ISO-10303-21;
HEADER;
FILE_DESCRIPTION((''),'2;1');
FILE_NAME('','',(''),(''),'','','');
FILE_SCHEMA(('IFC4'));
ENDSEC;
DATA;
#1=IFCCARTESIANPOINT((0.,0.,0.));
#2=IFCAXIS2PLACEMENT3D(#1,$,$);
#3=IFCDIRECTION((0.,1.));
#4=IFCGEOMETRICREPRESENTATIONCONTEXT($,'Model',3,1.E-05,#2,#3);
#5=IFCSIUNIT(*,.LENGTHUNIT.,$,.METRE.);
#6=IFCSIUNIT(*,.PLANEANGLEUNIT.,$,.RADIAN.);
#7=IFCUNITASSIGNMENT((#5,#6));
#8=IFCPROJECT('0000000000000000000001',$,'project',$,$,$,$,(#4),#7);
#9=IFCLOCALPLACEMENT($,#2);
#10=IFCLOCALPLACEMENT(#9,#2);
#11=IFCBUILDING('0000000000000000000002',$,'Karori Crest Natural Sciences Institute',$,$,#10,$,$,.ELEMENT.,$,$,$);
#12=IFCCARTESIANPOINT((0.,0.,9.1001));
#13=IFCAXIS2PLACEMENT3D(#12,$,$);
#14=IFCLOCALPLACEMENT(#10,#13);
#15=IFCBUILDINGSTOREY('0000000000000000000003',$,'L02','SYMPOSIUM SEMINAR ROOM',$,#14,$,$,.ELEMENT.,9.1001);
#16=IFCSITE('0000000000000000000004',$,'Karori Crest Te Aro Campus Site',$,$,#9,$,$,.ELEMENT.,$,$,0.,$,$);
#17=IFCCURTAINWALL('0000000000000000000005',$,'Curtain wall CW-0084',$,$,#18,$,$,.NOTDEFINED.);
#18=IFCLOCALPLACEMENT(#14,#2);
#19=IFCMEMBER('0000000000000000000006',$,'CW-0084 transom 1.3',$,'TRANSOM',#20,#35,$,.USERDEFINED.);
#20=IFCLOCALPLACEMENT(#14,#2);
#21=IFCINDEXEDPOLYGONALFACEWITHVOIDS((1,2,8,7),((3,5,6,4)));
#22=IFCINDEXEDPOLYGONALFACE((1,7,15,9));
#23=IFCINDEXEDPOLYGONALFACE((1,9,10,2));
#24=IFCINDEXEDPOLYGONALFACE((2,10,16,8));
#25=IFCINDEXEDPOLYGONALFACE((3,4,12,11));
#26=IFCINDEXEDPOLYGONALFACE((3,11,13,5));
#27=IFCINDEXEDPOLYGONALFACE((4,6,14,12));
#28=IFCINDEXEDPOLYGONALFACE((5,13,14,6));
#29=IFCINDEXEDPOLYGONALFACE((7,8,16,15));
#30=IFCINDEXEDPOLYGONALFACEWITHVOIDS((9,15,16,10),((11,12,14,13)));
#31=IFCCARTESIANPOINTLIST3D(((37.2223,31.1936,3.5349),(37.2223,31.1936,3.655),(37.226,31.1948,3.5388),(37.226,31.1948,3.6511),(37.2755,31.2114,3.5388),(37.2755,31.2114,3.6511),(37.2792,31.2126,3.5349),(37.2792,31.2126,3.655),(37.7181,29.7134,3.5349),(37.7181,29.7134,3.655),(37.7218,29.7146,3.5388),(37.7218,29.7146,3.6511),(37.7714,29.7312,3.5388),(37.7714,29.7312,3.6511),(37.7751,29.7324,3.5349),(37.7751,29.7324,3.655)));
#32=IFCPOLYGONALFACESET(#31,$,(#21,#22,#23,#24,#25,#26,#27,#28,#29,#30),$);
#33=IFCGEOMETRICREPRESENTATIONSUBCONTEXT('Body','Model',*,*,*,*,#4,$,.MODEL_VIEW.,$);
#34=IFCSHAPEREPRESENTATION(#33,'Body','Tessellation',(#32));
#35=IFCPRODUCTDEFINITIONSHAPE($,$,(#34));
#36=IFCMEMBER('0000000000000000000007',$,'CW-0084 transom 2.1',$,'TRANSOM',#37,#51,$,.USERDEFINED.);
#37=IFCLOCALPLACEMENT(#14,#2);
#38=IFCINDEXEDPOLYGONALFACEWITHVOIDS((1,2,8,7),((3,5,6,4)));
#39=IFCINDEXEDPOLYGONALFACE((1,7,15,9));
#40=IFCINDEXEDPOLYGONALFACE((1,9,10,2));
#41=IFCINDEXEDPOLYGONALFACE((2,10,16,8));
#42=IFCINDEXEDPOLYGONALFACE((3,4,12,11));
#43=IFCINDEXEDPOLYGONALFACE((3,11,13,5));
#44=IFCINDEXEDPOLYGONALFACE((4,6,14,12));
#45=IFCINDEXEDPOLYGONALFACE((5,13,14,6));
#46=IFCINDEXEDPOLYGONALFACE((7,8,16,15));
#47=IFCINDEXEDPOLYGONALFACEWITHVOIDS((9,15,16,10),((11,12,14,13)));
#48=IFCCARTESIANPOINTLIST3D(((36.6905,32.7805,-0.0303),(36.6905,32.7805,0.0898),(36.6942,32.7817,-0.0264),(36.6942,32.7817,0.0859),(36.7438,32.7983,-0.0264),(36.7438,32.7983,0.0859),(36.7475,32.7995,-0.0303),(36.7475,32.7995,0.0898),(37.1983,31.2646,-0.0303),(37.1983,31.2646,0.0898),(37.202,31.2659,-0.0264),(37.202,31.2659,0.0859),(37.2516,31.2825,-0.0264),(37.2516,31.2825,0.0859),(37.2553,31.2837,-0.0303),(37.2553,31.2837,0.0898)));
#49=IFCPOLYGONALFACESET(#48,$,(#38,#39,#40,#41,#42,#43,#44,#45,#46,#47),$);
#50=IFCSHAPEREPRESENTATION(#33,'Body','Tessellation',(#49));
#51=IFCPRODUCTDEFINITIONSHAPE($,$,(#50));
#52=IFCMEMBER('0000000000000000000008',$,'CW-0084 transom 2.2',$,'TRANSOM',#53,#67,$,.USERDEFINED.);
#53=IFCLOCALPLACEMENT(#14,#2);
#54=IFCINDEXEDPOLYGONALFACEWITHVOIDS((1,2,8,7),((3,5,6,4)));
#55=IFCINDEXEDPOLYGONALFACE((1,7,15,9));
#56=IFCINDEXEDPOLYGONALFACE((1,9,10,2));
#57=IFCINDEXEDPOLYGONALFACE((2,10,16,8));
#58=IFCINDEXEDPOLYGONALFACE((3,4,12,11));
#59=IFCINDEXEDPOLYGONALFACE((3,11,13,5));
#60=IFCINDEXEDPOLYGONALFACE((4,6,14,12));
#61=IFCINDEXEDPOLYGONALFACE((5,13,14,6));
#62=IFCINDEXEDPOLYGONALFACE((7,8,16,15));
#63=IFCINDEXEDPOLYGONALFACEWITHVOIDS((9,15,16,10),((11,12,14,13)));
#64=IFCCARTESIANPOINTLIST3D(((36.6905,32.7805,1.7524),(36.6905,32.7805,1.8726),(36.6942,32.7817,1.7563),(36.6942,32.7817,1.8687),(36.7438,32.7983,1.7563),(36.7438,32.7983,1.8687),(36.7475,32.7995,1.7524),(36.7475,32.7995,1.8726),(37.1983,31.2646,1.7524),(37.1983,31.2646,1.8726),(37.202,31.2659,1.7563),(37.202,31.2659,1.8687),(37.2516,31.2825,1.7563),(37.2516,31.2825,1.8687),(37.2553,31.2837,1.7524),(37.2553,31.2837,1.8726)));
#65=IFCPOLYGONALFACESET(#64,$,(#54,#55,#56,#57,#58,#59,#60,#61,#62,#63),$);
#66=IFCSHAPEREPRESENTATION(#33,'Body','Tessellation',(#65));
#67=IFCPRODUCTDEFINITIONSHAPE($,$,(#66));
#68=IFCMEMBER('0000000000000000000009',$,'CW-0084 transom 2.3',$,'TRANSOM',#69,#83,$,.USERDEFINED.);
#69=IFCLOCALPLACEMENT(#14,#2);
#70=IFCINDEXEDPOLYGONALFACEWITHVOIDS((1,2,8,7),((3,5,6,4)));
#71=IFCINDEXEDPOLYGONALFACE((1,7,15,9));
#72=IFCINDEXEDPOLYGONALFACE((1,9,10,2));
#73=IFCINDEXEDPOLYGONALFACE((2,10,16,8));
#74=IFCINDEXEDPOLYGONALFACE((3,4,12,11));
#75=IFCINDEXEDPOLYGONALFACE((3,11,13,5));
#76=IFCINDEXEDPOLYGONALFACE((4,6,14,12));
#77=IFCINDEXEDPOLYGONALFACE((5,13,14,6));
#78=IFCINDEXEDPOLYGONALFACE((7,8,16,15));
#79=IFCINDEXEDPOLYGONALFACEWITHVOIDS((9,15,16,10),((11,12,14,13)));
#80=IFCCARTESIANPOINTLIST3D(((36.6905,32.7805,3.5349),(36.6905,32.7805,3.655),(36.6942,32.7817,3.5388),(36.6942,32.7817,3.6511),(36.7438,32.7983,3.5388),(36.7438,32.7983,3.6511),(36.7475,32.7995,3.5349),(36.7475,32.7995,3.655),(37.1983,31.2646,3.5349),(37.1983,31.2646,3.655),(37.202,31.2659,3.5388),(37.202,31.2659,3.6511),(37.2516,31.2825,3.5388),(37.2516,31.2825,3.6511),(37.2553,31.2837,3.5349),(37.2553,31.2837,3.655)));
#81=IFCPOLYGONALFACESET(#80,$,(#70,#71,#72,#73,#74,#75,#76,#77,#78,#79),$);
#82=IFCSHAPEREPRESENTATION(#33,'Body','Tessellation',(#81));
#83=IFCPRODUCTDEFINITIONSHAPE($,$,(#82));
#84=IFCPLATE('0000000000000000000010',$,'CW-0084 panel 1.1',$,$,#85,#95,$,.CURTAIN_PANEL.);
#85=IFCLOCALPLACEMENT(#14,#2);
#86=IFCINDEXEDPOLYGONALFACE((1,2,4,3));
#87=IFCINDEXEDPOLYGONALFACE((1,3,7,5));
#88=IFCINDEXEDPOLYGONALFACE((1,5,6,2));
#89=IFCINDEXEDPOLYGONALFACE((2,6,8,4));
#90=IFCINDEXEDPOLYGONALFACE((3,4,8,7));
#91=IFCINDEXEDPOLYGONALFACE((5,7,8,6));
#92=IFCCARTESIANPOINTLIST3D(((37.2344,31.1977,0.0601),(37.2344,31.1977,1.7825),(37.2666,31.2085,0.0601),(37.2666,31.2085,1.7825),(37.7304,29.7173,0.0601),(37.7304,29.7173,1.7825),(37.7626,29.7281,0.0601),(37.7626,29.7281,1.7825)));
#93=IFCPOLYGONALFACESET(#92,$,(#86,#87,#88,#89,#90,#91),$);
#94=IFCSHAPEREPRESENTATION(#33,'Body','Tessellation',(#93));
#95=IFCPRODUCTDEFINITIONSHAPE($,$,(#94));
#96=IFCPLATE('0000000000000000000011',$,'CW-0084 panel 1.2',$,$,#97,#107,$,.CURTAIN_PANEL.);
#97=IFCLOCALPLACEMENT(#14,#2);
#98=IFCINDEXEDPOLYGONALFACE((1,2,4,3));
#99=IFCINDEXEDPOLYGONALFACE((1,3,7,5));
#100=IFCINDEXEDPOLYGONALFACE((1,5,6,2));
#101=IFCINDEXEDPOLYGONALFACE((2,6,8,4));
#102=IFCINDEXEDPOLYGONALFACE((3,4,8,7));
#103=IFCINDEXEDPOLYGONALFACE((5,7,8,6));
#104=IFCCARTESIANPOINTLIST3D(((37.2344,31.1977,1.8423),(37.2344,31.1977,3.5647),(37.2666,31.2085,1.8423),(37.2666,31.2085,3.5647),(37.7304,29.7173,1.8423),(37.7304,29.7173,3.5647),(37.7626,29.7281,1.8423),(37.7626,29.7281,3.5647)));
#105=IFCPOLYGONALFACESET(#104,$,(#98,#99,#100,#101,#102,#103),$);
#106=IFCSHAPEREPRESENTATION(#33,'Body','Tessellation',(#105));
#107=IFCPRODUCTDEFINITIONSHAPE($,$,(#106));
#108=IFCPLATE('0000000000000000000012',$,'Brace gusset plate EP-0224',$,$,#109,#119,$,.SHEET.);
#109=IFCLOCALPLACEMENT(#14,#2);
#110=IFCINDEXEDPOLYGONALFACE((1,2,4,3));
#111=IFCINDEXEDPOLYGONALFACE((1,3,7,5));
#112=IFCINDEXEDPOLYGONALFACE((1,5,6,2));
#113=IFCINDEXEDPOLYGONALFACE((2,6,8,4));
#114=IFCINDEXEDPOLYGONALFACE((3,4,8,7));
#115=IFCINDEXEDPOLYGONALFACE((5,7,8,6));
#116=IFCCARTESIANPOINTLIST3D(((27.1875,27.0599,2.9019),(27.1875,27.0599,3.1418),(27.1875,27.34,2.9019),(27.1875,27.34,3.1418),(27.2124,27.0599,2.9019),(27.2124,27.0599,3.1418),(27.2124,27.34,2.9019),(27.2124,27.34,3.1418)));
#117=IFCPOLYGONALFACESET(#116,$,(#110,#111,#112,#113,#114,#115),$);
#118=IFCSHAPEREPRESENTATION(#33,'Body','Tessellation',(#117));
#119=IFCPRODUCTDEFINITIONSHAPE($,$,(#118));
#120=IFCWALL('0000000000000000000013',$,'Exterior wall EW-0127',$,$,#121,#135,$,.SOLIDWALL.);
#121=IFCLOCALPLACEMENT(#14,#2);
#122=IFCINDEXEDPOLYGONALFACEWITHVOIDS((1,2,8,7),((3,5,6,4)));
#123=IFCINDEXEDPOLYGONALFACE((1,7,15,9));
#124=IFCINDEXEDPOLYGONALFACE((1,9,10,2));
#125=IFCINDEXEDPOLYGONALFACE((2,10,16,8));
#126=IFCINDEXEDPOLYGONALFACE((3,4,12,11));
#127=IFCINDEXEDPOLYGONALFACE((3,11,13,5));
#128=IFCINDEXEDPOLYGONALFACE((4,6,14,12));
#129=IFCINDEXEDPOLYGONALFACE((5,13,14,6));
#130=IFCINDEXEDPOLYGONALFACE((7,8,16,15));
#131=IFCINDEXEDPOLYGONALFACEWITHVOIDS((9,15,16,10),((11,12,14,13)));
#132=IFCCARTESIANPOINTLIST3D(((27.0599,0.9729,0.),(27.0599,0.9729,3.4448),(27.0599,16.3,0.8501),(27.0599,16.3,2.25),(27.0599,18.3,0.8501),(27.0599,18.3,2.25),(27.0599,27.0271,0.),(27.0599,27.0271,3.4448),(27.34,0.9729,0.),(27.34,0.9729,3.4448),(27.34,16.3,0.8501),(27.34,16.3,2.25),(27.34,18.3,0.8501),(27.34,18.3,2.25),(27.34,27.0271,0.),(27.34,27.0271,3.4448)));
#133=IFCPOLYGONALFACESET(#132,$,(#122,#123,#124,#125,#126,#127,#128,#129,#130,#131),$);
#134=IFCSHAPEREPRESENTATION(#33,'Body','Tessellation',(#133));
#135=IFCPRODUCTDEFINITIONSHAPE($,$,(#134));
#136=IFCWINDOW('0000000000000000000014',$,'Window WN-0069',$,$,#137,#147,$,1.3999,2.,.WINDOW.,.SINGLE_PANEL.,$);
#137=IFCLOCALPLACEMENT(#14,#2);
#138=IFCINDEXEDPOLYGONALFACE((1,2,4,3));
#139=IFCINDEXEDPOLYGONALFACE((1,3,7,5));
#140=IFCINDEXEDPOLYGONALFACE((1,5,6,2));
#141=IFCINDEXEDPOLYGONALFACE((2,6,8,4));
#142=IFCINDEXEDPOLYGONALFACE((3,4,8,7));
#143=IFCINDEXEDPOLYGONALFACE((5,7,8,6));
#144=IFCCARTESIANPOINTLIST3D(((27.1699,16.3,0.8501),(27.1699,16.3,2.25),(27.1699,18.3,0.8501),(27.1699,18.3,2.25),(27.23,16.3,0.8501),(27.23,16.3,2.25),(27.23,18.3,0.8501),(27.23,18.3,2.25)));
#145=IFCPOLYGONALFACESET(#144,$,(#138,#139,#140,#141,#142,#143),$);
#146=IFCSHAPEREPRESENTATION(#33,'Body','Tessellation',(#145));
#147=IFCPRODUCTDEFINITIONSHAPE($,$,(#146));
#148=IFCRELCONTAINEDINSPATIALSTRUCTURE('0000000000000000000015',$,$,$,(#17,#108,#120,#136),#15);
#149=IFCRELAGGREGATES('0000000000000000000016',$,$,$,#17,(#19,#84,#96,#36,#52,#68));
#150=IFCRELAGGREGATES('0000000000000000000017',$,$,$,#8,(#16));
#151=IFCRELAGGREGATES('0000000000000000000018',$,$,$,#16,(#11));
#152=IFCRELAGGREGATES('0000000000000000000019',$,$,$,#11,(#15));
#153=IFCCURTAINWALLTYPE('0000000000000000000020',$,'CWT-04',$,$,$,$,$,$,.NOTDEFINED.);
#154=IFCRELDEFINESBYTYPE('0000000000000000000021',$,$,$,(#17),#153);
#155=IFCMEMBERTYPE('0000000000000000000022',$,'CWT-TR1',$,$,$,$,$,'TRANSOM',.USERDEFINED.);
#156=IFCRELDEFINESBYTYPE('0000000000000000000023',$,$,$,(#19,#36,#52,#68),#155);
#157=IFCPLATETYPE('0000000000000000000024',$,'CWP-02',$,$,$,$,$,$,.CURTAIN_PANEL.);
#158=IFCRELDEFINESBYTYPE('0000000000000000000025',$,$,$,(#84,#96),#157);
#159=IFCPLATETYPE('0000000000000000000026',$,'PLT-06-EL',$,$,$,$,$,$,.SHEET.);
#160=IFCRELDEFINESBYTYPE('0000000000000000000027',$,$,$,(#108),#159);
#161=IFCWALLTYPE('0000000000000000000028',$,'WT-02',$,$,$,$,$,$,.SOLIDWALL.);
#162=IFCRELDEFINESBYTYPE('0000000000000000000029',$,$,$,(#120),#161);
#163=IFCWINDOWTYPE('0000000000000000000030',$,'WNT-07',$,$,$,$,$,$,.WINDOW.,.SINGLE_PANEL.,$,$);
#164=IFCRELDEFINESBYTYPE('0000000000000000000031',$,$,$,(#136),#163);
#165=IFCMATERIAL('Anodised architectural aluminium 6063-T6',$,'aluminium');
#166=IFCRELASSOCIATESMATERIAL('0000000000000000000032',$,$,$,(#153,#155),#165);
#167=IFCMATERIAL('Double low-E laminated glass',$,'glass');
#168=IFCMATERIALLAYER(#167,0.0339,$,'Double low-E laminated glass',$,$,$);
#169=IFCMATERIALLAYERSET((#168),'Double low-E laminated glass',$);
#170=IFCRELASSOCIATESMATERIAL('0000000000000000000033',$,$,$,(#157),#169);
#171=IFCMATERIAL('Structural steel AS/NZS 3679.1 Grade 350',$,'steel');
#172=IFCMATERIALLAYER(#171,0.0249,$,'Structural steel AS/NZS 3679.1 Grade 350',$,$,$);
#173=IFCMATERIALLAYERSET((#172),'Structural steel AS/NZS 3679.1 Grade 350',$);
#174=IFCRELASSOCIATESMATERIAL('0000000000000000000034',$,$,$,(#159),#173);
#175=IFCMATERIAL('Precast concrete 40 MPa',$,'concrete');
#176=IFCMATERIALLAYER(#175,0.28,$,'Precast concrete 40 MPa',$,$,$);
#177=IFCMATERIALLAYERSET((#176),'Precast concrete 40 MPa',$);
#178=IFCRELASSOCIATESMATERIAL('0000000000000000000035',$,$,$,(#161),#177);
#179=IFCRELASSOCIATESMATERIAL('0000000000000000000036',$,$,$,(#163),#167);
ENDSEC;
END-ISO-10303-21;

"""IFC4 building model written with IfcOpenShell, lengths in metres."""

from ifc_helpers import new_model, si_unit, direction, frame, frame_2d, origin, origin_2d, place, context, subcontext, project, spatial, rectangle, hollow_rectangle, extrude, material, layer, layer_set, material_profile, profile_set, type_object, element, fill, aggregate, save


model = new_model("IFC4")

# Units and contexts
model_context = context("Model", 3, precision=1e-05, world=origin(), true_north=direction((0.0, 1.0)))
body_context = subcontext(model_context, "Body", "Model", "MODEL_VIEW")
ifc_project = project(units=[si_unit("LENGTHUNIT", "METRE"), si_unit("PLANEANGLEUNIT", "RADIAN")], contexts=[model_context])

# Site, building, storey
site_placement = place(None, origin())
site = spatial("IfcSite", under=ifc_project, at=site_placement, Name="Karori Crest Te Aro Campus Site", CompositionType="ELEMENT", RefElevation=0.0)
building_placement = place(site_placement, origin())
building = spatial("IfcBuilding", under=site, at=building_placement, Name="Karori Crest Natural Sciences Institute", CompositionType="ELEMENT")
storey_placement = place(building_placement, frame((0.0, 0.0, 9.1001)))
storey = spatial("IfcBuildingStorey", under=building, at=storey_placement, Name="L02", Description="SYMPOSIUM SEMINAR ROOM", CompositionType="ELEMENT", Elevation=9.1001)

# Shared definitions
ifc_material_1 = material(Name="Structural steel AS/NZS 3679.1 Grade 350", Category="steel")

# Curtain wall, members, plates
ifc_material_2 = material(Name="Anodised architectural aluminium 6063-T6", Category="aluminium")
curtain_wall_type = type_object("IfcCurtainWallType", Name="CWT-04", PredefinedType="NOTDEFINED", material=ifc_material_2)
curtain_wall_placement = place(storey_placement, origin())
curtain_wall = element("IfcCurtainWall", 1, at=curtain_wall_placement, inside=storey, type_object=curtain_wall_type, Name="Curtain wall CW-0084", PredefinedType="NOTDEFINED")
ifc_material_profile_1 = material_profile(ifc_material_2, hollow_rectangle(XDim=0.0601, YDim=0.1201, WallThickness=0.0039, at=origin_2d()), Name="CWT120x60x4")
ifc_profile_set_1 = profile_set([ifc_material_profile_1], Name="Anodised architectural aluminium 6063-T6")
member_type_1 = type_object("IfcMemberType", Name="CWT-TR1", ElementType="TRANSOM", PredefinedType="USERDEFINED", material=ifc_profile_set_1)
member_1_placement = place(storey_placement, frame((37.7466, 29.7229, 3.595), z_axis=(-0.317635, 0.948213, 0.0), x_axis=(-0.948213, -0.317635, 0.0)))
member_1 = element("IfcMember", 2, at=member_1_placement, type_object=member_type_1, Name="CW-0084 transom 1.3", ObjectType="TRANSOM", PredefinedType="USERDEFINED", context=body_context, shape_type="SweptSolid", body=[
    extrude(hollow_rectangle(XDim=0.0601, YDim=0.1201, WallThickness=0.0039, at=origin_2d()), origin(), (0.0, 0.0, 1.0), 1.561),
])
member_2_placement = place(storey_placement, frame((37.2268, 31.2742, 0.0298), z_axis=(-0.317648, 0.948209, 0.0), x_axis=(-0.948209, -0.317648, 0.0)))
member_2 = element("IfcMember", 3, at=member_2_placement, type_object=member_type_1, Name="CW-0084 transom 2.1", ObjectType="TRANSOM", PredefinedType="USERDEFINED", context=body_context, shape_type="SweptSolid", body=[
    extrude(hollow_rectangle(XDim=0.0601, YDim=0.1201, WallThickness=0.0039, at=origin_2d()), origin(), (0.0, 0.0, 1.0), 1.5986),
])
member_3_placement = place(storey_placement, frame((37.2268, 31.2742, 1.8125), z_axis=(-0.317648, 0.948209, 0.0), x_axis=(-0.948209, -0.317648, 0.0)))
member_3 = element("IfcMember", 4, at=member_3_placement, type_object=member_type_1, Name="CW-0084 transom 2.2", ObjectType="TRANSOM", PredefinedType="USERDEFINED", context=body_context, shape_type="SweptSolid", body=[
    extrude(hollow_rectangle(XDim=0.0601, YDim=0.1201, WallThickness=0.0039, at=origin_2d()), origin(), (0.0, 0.0, 1.0), 1.5986),
])
member_4_placement = place(storey_placement, frame((37.2268, 31.2742, 3.595), z_axis=(-0.317648, 0.948209, 0.0), x_axis=(-0.948209, -0.317648, 0.0)))
member_4 = element("IfcMember", 5, at=member_4_placement, type_object=member_type_1, Name="CW-0084 transom 2.3", ObjectType="TRANSOM", PredefinedType="USERDEFINED", context=body_context, shape_type="SweptSolid", body=[
    extrude(hollow_rectangle(XDim=0.0601, YDim=0.1201, WallThickness=0.0039, at=origin_2d()), origin(), (0.0, 0.0, 1.0), 1.5986),
])
ifc_material_3 = material(Name="Double low-E laminated glass", Category="glass")
ifc_layer_1 = layer(ifc_material_3, 0.0339, Name="Double low-E laminated glass")
ifc_layer_set_1 = layer_set([ifc_layer_1], Name="Double low-E laminated glass")
plate_type_1 = type_object("IfcPlateType", Name="CWP-02", PredefinedType="CURTAIN_PANEL", material=ifc_layer_set_1)
plate_1_placement = place(storey_placement, frame((37.4985, 30.4629, 0.0601), z_axis=(0.0, 0.0, 1.0), x_axis=(-0.317685, 0.948196, 0.0)))
plate_1 = element("IfcPlate", 6, at=plate_1_placement, type_object=plate_type_1, Name="CW-0084 panel 1.1", PredefinedType="CURTAIN_PANEL", context=body_context, shape_type="SweptSolid", body=[
    extrude(rectangle(XDim=1.5613, YDim=0.0339, at=origin_2d()), origin(), (0.0, 0.0, 1.0), 1.7224),
])
plate_2_placement = place(storey_placement, frame((37.4985, 30.4629, 1.8423), z_axis=(0.0, 0.0, 1.0), x_axis=(-0.317685, 0.948196, 0.0)))
plate_2 = element("IfcPlate", 7, at=plate_2_placement, type_object=plate_type_1, Name="CW-0084 panel 1.2", PredefinedType="CURTAIN_PANEL", context=body_context, shape_type="SweptSolid", body=[
    extrude(rectangle(XDim=1.5613, YDim=0.0339, at=origin_2d()), origin(), (0.0, 0.0, 1.0), 1.7224),
])
aggregate(curtain_wall, [member_1, plate_1, plate_2, member_2, member_3, member_4])

# Plate
ifc_layer_2 = layer(ifc_material_1, 0.0249, Name="Structural steel AS/NZS 3679.1 Grade 350")
ifc_layer_set_2 = layer_set([ifc_layer_2], Name="Structural steel AS/NZS 3679.1 Grade 350")
plate_type_2 = type_object("IfcPlateType", Name="PLT-06-EL", PredefinedType="SHEET", material=ifc_layer_set_2)
plate_3_placement = place(storey_placement, frame((27.2, 27.2, 2.9019), z_axis=(0.0, 0.0, 1.0), x_axis=(0.0, 1.0, 0.0)))
element("IfcPlate", 8, at=plate_3_placement, inside=storey, type_object=plate_type_2, Name="Brace gusset plate EP-0224", PredefinedType="SHEET", context=body_context, shape_type="SweptSolid", body=[
    extrude(rectangle(XDim=0.28, YDim=0.0249, at=origin_2d()), origin(), (0.0, 0.0, 1.0), 0.24),
])

# Wall, opening, window
ifc_material_4 = material(Name="Precast concrete 40 MPa", Category="concrete")
ifc_layer_3 = layer(ifc_material_4, 0.28, Name="Precast concrete 40 MPa")
ifc_layer_set_3 = layer_set([ifc_layer_3], Name="Precast concrete 40 MPa")
wall_type_1 = type_object("IfcWallType", Name="WT-02", PredefinedType="SOLIDWALL", material=ifc_layer_set_3)
wall_1_placement = place(storey_placement, frame((27.2, 27.0271, 0.0), z_axis=(0.0, 0.0, 1.0), x_axis=(0.0, -1.0, 0.0)))
wall_1 = element("IfcWall", 9, at=wall_1_placement, inside=storey, type_object=wall_type_1, Name="Exterior wall EW-0127", PredefinedType="SOLIDWALL", context=body_context, shape_type="SweptSolid", body=[
    extrude(rectangle(XDim=26.0542, YDim=0.28, at=frame_2d((13.0271, 0.0))), origin(), (0.0, 0.0, 1.0), 3.4448),
])
opening_1_placement = place(wall_1_placement, frame((8.7271, 0.0, 0.8501)))
opening_1 = element("IfcOpeningElement", 10, at=opening_1_placement, cuts=wall_1, PredefinedType="OPENING", context=body_context, shape_type="SweptSolid", body=[
    extrude(rectangle(XDim=2.0, YDim=1.3999, at=frame_2d((1.0, 0.7))), frame((0.0, 0.1499, 0.0), z_axis=(0.0, -1.0, 0.0), x_axis=(1.0, 0.0, 0.0)), (0.0, 0.0, 1.0), 0.3),
])
window_type_1 = type_object("IfcWindowType", Name="WNT-07", PartitioningType="SINGLE_PANEL", PredefinedType="WINDOW", material=ifc_material_3)
window_1_placement = place(opening_1_placement, origin())
window_1 = element("IfcWindow", 11, at=window_1_placement, inside=storey, type_object=window_type_1, Name="Window WN-0069", OverallHeight=1.3999, OverallWidth=2.0, PartitioningType="SINGLE_PANEL", PredefinedType="WINDOW", context=body_context, shape_type="SweptSolid", body=[
    extrude(rectangle(XDim=2.0, YDim=1.3999, at=frame_2d((1.0, 0.7))), frame((0.0, 0.03, 0.0), z_axis=(0.0, -1.0, 0.0), x_axis=(1.0, 0.0, 0.0)), (0.0, 0.0, 1.0), 0.0601),
])
fill(opening_1, window_1)

save(model, "model.ifc")
